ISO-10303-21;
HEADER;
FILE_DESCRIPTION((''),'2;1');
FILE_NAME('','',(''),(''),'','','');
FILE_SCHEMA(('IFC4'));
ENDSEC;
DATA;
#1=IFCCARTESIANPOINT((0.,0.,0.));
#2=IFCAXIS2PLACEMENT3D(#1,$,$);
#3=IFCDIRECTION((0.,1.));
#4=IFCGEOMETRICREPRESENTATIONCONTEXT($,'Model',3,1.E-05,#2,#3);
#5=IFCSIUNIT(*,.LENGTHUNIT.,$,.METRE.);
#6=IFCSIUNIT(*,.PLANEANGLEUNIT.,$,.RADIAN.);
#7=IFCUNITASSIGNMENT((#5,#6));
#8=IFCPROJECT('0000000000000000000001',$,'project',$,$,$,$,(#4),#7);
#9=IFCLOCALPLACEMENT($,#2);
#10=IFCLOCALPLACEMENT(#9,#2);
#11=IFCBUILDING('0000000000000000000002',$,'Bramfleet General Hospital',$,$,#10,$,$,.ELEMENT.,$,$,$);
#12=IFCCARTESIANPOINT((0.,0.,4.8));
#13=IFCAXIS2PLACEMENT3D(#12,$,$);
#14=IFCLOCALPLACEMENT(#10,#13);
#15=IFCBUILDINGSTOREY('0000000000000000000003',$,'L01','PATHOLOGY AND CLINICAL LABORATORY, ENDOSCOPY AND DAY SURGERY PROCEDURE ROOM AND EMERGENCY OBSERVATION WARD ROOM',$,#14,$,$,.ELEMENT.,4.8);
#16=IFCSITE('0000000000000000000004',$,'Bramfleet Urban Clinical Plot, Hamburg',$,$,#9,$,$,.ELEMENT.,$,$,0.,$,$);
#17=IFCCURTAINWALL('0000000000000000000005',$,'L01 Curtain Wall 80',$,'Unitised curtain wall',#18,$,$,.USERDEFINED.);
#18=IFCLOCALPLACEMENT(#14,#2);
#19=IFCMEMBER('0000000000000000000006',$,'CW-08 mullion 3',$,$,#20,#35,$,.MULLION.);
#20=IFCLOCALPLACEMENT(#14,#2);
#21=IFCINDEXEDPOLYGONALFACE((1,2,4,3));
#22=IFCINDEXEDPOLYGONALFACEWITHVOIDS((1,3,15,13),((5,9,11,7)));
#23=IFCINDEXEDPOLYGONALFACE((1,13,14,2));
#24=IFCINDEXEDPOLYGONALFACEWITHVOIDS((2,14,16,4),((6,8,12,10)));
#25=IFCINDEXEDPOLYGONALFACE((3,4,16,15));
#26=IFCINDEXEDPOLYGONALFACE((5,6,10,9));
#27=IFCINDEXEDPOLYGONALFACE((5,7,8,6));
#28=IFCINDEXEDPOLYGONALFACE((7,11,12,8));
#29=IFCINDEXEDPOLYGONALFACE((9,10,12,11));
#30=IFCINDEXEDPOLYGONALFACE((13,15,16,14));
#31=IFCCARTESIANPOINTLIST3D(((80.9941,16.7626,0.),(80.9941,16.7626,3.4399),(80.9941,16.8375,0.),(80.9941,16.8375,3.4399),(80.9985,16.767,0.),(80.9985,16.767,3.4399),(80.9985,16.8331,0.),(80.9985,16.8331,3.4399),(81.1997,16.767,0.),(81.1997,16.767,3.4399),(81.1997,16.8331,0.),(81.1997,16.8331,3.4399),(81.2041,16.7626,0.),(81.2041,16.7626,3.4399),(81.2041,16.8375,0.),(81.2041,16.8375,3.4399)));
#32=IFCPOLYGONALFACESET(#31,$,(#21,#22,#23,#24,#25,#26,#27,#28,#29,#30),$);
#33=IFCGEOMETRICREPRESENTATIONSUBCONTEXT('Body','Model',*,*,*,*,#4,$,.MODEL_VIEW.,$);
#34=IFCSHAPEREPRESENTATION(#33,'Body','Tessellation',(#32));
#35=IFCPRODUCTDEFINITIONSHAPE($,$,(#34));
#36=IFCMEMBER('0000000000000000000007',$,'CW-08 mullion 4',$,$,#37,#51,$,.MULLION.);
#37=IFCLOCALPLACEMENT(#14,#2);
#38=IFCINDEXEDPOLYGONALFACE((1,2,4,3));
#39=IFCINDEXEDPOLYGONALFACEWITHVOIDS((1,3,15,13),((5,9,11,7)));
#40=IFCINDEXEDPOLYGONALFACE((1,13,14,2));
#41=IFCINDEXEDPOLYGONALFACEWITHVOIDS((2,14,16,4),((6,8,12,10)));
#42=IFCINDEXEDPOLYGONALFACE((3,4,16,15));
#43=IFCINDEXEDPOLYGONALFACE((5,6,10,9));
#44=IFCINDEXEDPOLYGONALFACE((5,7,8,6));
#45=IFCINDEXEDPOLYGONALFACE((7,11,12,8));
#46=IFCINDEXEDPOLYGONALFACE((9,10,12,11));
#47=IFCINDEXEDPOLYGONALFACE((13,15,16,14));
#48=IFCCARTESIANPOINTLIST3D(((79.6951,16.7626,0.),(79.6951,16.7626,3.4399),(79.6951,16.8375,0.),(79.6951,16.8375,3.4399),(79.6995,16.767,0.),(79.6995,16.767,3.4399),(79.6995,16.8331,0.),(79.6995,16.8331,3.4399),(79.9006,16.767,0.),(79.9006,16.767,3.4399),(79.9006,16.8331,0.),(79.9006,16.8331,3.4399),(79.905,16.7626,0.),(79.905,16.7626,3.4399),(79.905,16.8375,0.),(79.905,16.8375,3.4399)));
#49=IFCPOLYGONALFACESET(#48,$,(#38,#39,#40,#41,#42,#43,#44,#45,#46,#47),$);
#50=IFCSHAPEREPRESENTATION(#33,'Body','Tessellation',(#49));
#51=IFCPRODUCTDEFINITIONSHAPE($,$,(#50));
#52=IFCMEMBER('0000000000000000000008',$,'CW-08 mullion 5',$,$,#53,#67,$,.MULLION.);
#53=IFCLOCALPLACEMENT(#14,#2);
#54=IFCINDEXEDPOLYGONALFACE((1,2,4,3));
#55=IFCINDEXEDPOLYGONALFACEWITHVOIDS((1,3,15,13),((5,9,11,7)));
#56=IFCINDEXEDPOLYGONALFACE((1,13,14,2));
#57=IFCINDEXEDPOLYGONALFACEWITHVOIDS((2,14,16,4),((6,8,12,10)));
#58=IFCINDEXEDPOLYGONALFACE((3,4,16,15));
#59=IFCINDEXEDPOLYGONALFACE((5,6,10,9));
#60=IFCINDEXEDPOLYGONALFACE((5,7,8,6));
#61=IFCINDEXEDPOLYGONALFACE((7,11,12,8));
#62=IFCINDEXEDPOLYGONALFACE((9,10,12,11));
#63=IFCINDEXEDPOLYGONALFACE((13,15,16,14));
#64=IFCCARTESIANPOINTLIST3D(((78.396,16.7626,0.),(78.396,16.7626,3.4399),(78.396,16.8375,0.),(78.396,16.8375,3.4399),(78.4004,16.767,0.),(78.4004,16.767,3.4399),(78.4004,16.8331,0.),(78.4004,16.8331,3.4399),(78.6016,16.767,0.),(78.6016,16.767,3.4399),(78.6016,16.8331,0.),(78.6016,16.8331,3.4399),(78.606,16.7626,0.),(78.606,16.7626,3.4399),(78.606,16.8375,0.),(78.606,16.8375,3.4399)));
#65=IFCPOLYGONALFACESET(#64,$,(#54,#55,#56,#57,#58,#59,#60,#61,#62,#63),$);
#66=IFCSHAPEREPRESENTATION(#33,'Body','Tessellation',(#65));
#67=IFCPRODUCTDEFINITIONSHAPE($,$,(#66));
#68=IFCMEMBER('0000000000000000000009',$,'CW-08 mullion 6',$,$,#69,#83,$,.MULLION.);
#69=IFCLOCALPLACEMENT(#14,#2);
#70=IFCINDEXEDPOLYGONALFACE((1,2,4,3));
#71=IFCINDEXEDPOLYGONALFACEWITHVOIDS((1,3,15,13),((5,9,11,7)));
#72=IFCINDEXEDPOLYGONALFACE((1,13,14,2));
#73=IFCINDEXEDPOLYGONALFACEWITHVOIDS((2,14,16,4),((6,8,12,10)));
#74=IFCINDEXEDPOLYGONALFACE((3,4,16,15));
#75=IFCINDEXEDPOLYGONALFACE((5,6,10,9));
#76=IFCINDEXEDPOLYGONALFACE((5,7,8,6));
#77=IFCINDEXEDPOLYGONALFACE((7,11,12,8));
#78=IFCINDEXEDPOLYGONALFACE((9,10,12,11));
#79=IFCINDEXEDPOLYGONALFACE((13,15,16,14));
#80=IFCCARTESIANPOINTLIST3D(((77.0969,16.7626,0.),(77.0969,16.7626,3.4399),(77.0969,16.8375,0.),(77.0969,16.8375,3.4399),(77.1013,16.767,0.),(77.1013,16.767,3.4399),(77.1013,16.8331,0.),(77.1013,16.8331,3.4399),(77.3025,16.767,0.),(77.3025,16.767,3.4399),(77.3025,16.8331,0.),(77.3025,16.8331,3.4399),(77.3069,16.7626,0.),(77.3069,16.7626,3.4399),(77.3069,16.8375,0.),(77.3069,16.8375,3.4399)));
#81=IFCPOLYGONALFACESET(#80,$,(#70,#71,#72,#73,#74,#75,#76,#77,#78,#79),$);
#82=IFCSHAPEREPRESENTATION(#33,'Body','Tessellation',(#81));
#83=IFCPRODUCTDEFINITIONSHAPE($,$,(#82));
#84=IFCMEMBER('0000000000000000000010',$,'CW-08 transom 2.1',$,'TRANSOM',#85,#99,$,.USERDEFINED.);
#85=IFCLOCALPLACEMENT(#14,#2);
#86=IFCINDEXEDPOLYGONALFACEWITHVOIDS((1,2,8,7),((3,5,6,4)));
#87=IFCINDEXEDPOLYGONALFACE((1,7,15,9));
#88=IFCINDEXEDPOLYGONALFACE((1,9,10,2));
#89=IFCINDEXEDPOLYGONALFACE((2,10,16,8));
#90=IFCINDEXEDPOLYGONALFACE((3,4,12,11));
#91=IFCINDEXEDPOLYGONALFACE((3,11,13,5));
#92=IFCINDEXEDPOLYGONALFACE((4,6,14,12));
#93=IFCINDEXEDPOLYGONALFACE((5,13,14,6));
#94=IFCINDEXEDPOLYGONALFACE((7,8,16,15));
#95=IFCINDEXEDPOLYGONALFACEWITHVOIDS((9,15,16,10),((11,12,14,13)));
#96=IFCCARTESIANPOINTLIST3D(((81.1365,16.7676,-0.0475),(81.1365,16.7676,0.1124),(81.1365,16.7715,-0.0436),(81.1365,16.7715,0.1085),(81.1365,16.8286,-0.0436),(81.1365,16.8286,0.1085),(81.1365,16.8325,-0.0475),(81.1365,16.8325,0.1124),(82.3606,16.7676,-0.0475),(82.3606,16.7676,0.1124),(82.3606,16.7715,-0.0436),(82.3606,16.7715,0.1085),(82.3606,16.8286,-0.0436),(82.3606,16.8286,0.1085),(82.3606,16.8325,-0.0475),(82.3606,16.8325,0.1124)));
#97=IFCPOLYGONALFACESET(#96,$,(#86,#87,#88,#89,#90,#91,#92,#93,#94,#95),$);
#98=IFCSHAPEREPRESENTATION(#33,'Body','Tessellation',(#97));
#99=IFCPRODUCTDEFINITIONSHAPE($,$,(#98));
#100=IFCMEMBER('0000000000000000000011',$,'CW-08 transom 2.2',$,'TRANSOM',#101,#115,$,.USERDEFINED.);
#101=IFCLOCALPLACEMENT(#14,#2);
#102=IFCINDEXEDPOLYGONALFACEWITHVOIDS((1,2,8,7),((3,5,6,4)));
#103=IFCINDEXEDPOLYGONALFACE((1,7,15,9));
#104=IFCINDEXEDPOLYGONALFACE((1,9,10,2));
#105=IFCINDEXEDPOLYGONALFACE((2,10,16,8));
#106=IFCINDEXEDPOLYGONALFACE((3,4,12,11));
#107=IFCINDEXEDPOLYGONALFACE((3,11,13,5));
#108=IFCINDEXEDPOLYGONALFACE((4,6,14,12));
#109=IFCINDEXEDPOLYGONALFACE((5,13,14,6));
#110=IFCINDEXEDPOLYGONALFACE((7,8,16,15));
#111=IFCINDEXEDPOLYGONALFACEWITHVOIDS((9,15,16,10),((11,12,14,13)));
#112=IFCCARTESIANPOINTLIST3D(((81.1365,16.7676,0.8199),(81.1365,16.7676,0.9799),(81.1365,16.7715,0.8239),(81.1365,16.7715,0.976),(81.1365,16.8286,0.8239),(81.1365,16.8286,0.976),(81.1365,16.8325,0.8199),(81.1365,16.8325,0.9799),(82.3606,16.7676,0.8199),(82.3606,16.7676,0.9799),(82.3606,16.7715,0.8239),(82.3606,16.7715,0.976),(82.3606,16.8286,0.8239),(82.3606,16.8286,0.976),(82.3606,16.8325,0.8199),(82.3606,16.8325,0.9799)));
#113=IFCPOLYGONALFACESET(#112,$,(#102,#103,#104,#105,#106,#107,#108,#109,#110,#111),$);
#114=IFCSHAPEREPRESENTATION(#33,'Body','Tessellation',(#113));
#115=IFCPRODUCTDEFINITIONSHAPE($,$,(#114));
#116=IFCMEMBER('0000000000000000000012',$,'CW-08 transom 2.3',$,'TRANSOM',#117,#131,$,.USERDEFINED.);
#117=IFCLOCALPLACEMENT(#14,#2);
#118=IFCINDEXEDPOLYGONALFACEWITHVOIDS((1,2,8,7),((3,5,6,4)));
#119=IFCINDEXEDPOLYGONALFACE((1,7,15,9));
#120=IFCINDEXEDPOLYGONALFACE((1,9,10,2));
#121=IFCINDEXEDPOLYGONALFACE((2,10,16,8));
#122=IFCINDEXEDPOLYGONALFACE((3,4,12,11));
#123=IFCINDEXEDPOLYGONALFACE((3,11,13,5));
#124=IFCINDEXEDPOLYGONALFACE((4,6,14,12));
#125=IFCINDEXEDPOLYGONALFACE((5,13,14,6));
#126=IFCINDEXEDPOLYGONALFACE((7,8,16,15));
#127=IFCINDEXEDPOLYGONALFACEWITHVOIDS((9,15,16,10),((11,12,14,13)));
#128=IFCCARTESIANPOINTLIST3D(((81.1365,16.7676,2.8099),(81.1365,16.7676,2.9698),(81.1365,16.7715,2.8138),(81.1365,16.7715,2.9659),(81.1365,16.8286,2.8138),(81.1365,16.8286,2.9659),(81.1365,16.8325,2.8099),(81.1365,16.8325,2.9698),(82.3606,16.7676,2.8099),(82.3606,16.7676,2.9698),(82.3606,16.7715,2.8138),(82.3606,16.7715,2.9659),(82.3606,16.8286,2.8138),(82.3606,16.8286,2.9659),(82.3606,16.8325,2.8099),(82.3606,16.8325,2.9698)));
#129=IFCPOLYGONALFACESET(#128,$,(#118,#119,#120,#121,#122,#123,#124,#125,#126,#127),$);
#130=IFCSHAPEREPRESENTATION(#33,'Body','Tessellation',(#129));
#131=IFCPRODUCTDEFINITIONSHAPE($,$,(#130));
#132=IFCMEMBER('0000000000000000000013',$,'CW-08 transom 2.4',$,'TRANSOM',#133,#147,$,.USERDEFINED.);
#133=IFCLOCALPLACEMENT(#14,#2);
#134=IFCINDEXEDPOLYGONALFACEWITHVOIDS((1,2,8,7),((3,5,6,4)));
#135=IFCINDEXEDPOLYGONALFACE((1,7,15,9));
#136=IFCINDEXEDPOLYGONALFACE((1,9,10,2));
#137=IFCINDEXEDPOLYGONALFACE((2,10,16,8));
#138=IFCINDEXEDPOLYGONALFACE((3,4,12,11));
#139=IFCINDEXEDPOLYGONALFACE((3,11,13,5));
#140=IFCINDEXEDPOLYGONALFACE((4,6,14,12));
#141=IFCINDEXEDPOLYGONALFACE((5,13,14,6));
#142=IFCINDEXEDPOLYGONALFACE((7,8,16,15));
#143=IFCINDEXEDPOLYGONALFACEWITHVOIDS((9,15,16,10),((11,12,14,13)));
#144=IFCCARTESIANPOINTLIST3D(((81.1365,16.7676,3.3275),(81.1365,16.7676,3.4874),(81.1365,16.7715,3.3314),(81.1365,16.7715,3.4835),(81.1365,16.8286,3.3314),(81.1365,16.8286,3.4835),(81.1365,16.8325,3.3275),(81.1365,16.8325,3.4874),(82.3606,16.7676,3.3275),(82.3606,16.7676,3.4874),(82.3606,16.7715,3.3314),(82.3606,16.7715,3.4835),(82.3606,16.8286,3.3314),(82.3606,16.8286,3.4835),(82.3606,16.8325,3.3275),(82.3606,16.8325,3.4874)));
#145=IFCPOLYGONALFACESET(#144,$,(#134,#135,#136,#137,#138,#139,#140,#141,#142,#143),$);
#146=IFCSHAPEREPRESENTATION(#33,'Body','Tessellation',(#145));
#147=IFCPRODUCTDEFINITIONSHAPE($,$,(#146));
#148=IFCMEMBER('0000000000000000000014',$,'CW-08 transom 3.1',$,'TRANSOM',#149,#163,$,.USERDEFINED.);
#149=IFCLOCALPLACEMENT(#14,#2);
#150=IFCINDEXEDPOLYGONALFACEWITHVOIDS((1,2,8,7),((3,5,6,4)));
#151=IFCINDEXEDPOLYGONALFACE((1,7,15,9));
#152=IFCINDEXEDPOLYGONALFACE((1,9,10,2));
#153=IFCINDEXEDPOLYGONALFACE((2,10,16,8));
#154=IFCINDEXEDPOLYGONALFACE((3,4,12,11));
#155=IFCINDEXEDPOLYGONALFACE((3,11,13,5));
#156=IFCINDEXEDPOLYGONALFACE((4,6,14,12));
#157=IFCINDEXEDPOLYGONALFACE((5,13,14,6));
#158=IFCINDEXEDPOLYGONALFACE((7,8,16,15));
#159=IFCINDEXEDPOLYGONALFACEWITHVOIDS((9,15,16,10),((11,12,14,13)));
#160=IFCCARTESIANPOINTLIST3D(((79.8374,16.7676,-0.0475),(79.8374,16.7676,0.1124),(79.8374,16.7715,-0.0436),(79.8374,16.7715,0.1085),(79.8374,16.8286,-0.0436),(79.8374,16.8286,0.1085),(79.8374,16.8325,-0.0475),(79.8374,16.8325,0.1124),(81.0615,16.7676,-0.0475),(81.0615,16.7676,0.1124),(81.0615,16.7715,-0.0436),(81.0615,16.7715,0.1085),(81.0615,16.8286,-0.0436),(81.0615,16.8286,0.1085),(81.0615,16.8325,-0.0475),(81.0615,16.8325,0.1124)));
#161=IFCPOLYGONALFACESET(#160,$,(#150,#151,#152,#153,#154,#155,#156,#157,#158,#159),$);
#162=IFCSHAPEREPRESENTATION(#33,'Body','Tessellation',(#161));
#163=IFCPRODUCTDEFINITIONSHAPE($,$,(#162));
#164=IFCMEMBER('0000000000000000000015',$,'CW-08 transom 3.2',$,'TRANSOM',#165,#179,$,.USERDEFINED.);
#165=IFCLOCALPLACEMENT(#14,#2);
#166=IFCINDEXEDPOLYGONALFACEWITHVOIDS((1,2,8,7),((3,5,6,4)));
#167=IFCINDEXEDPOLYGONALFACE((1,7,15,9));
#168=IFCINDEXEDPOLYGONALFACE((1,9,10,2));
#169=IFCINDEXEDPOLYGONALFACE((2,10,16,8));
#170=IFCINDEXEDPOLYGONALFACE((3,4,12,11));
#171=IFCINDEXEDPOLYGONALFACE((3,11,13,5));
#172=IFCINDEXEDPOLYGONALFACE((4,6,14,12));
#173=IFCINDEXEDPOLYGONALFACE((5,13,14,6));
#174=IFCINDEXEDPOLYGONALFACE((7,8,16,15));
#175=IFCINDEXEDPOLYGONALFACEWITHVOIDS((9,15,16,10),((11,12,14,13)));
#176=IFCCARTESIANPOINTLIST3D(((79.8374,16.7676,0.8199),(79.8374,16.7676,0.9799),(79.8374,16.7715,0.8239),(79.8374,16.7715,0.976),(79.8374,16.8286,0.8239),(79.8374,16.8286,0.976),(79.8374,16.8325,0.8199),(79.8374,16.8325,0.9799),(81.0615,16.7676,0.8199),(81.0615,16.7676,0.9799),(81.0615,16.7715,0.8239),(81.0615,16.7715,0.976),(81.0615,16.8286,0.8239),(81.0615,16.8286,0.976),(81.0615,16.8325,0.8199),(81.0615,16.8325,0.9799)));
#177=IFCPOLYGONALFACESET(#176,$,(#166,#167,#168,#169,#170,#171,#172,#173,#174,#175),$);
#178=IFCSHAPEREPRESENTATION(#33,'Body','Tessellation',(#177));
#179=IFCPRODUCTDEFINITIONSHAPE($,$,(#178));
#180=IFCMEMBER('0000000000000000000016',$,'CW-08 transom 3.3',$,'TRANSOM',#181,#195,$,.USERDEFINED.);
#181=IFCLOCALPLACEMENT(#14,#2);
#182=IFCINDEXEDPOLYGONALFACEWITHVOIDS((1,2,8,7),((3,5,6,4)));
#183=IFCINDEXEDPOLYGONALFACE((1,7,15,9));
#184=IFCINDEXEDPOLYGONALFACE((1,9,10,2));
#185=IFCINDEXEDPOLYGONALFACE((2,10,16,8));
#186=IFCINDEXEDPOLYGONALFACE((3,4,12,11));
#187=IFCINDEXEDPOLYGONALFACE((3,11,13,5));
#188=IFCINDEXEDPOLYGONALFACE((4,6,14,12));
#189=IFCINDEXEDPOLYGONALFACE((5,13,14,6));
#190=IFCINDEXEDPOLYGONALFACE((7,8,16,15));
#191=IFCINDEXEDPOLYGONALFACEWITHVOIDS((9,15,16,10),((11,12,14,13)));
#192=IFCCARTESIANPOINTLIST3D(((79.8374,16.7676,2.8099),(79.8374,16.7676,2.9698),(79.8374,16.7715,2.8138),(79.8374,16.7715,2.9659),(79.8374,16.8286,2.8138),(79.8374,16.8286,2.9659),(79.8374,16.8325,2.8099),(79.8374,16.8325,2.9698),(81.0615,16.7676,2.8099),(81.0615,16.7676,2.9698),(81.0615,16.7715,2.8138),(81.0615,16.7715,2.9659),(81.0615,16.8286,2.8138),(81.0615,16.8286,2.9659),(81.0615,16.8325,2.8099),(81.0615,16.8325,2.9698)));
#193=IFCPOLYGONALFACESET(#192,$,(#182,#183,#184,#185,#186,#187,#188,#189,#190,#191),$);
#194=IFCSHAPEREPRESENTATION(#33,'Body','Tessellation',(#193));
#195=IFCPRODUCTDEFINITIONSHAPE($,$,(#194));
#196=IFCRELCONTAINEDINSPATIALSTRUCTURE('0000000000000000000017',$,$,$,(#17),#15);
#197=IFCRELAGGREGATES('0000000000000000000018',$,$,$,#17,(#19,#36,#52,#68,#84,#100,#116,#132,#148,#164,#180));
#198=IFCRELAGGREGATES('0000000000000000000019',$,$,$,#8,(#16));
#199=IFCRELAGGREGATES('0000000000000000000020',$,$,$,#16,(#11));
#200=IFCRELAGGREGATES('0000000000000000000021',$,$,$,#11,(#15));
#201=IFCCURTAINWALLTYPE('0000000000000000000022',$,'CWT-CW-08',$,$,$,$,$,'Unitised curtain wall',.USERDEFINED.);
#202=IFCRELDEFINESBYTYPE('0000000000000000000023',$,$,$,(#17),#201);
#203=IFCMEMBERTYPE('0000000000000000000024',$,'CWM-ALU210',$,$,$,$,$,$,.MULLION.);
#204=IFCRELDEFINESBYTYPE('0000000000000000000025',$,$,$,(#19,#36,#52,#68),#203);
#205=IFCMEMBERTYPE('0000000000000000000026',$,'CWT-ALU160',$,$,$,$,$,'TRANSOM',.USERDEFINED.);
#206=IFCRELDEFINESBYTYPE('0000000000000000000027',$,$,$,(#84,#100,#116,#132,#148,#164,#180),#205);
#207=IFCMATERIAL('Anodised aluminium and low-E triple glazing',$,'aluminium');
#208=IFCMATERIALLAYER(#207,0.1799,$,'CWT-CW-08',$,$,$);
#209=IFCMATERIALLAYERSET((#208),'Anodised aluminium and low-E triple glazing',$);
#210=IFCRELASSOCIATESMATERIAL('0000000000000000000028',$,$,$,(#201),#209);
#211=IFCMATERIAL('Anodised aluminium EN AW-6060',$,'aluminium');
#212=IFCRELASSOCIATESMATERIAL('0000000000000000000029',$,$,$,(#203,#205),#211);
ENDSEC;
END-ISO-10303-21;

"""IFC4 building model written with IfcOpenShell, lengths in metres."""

from ifc_helpers import new_model, si_unit, direction, frame, origin, origin_2d, place, context, subcontext, project, spatial, hollow_rectangle, extrude, material, layer, layer_set, material_profile, profile_set, type_object, element, aggregate, save


model = new_model("IFC4")

# Units and contexts
model_context = context("Model", 3, precision=1e-05, world=origin(), true_north=direction((0.0, 1.0)))
body_context = subcontext(model_context, "Body", "Model", "MODEL_VIEW")
ifc_project = project(units=[si_unit("LENGTHUNIT", "METRE"), si_unit("PLANEANGLEUNIT", "RADIAN")], contexts=[model_context])

# Site, building, storey
site_placement = place(None, origin())
site = spatial("IfcSite", under=ifc_project, at=site_placement, Name="Bramfleet Urban Clinical Plot, Hamburg", CompositionType="ELEMENT", RefElevation=0.0)
building_placement = place(site_placement, origin())
building = spatial("IfcBuilding", under=site, at=building_placement, Name="Bramfleet General Hospital", CompositionType="ELEMENT")
storey_placement = place(building_placement, frame((0.0, 0.0, 4.8)))
storey = spatial("IfcBuildingStorey", under=building, at=storey_placement, Name="L01", Description="PATHOLOGY AND CLINICAL LABORATORY, ENDOSCOPY AND DAY SURGERY PROCEDURE ROOM AND EMERGENCY OBSERVATION WARD ROOM", CompositionType="ELEMENT", Elevation=4.8)

# Curtain wall, members
ifc_material_1 = material(Name="Anodised aluminium and low-E triple glazing", Category="aluminium")
ifc_layer_1 = layer(ifc_material_1, 0.1799, Name="CWT-CW-08")
ifc_layer_set_1 = layer_set([ifc_layer_1], Name="Anodised aluminium and low-E triple glazing")
curtain_wall_type = type_object("IfcCurtainWallType", Name="CWT-CW-08", ElementType="Unitised curtain wall", PredefinedType="USERDEFINED", material=ifc_layer_set_1)
curtain_wall_placement = place(storey_placement, origin())
curtain_wall = element("IfcCurtainWall", 1, at=curtain_wall_placement, inside=storey, type_object=curtain_wall_type, Name="L01 Curtain Wall 80", ObjectType="Unitised curtain wall", PredefinedType="USERDEFINED")
ifc_material_2 = material(Name="Anodised aluminium EN AW-6060", Category="aluminium")
ifc_material_profile_1 = material_profile(ifc_material_2, hollow_rectangle(XDim=0.075, YDim=0.21, WallThickness=0.0044, at=origin_2d()), Name="ALU 210x75x4.5")
ifc_profile_set_1 = profile_set([ifc_material_profile_1], Name="Anodised aluminium EN AW-6060")
member_type_1 = type_object("IfcMemberType", Name="CWM-ALU210", PredefinedType="MULLION", material=ifc_profile_set_1)
member_1_placement = place(storey_placement, frame((81.0991, 16.8, 0.0), z_axis=(0.0, 0.0, 1.0), x_axis=(0.0, -1.0, 0.0)))
member_1 = element("IfcMember", 2, at=member_1_placement, type_object=member_type_1, Name="CW-08 mullion 3", PredefinedType="MULLION", context=body_context, shape_type="SweptSolid", body=[
    extrude(hollow_rectangle(XDim=0.075, YDim=0.21, WallThickness=0.0044, at=origin_2d()), origin(), (0.0, 0.0, 1.0), 3.4399),
])
member_2_placement = place(storey_placement, frame((79.8, 16.8, 0.0), z_axis=(0.0, 0.0, 1.0), x_axis=(0.0, -1.0, 0.0)))
member_2 = element("IfcMember", 3, at=member_2_placement, type_object=member_type_1, Name="CW-08 mullion 4", PredefinedType="MULLION", context=body_context, shape_type="SweptSolid", body=[
    extrude(hollow_rectangle(XDim=0.075, YDim=0.21, WallThickness=0.0044, at=origin_2d()), origin(), (0.0, 0.0, 1.0), 3.4399),
])
member_3_placement = place(storey_placement, frame((78.501, 16.8, 0.0), z_axis=(0.0, 0.0, 1.0), x_axis=(0.0, -1.0, 0.0)))
member_3 = element("IfcMember", 4, at=member_3_placement, type_object=member_type_1, Name="CW-08 mullion 5", PredefinedType="MULLION", context=body_context, shape_type="SweptSolid", body=[
    extrude(hollow_rectangle(XDim=0.075, YDim=0.21, WallThickness=0.0044, at=origin_2d()), origin(), (0.0, 0.0, 1.0), 3.4399),
])
member_4_placement = place(storey_placement, frame((77.2019, 16.8, 0.0), z_axis=(0.0, 0.0, 1.0), x_axis=(0.0, -1.0, 0.0)))
member_4 = element("IfcMember", 5, at=member_4_placement, type_object=member_type_1, Name="CW-08 mullion 6", PredefinedType="MULLION", context=body_context, shape_type="SweptSolid", body=[
    extrude(hollow_rectangle(XDim=0.075, YDim=0.21, WallThickness=0.0044, at=origin_2d()), origin(), (0.0, 0.0, 1.0), 3.4399),
])
ifc_material_profile_2 = material_profile(ifc_material_2, hollow_rectangle(XDim=0.0649, YDim=0.1599, WallThickness=0.0039, at=origin_2d()), Name="ALU 160x65x4.0")
ifc_profile_set_2 = profile_set([ifc_material_profile_2], Name="Anodised aluminium EN AW-6060")
member_type_2 = type_object("IfcMemberType", Name="CWT-ALU160", ElementType="TRANSOM", PredefinedType="USERDEFINED", material=ifc_profile_set_2)
member_5_placement = place(storey_placement, frame((82.3606, 16.8, 0.0325), z_axis=(-1.0, 0.0, 0.0), x_axis=(0.0, -1.0, 0.0)))
member_5 = element("IfcMember", 6, at=member_5_placement, type_object=member_type_2, Name="CW-08 transom 2.1", ObjectType="TRANSOM", PredefinedType="USERDEFINED", context=body_context, shape_type="SweptSolid", body=[
    extrude(hollow_rectangle(XDim=0.0649, YDim=0.1599, WallThickness=0.0039, at=origin_2d()), origin(), (0.0, 0.0, 1.0), 1.2241),
])
member_6_placement = place(storey_placement, frame((82.3606, 16.8, 0.8999), z_axis=(-1.0, 0.0, 0.0), x_axis=(0.0, -1.0, 0.0)))
member_6 = element("IfcMember", 7, at=member_6_placement, type_object=member_type_2, Name="CW-08 transom 2.2", ObjectType="TRANSOM", PredefinedType="USERDEFINED", context=body_context, shape_type="SweptSolid", body=[
    extrude(hollow_rectangle(XDim=0.0649, YDim=0.1599, WallThickness=0.0039, at=origin_2d()), origin(), (0.0, 0.0, 1.0), 1.2241),
])
member_7_placement = place(storey_placement, frame((82.3606, 16.8, 2.8899), z_axis=(-1.0, 0.0, 0.0), x_axis=(0.0, -1.0, 0.0)))
member_7 = element("IfcMember", 8, at=member_7_placement, type_object=member_type_2, Name="CW-08 transom 2.3", ObjectType="TRANSOM", PredefinedType="USERDEFINED", context=body_context, shape_type="SweptSolid", body=[
    extrude(hollow_rectangle(XDim=0.0649, YDim=0.1599, WallThickness=0.0039, at=origin_2d()), origin(), (0.0, 0.0, 1.0), 1.2241),
])
member_8_placement = place(storey_placement, frame((82.3606, 16.8, 3.4075), z_axis=(-1.0, 0.0, 0.0), x_axis=(0.0, -1.0, 0.0)))
member_8 = element("IfcMember", 9, at=member_8_placement, type_object=member_type_2, Name="CW-08 transom 2.4", ObjectType="TRANSOM", PredefinedType="USERDEFINED", context=body_context, shape_type="SweptSolid", body=[
    extrude(hollow_rectangle(XDim=0.0649, YDim=0.1599, WallThickness=0.0039, at=origin_2d()), origin(), (0.0, 0.0, 1.0), 1.2241),
])
member_9_placement = place(storey_placement, frame((81.0615, 16.8, 0.0325), z_axis=(-1.0, 0.0, 0.0), x_axis=(0.0, -1.0, 0.0)))
member_9 = element("IfcMember", 10, at=member_9_placement, type_object=member_type_2, Name="CW-08 transom 3.1", ObjectType="TRANSOM", PredefinedType="USERDEFINED", context=body_context, shape_type="SweptSolid", body=[
    extrude(hollow_rectangle(XDim=0.0649, YDim=0.1599, WallThickness=0.0039, at=origin_2d()), origin(), (0.0, 0.0, 1.0), 1.2241),
])
member_10_placement = place(storey_placement, frame((81.0615, 16.8, 0.8999), z_axis=(-1.0, 0.0, 0.0), x_axis=(0.0, -1.0, 0.0)))
member_10 = element("IfcMember", 11, at=member_10_placement, type_object=member_type_2, Name="CW-08 transom 3.2", ObjectType="TRANSOM", PredefinedType="USERDEFINED", context=body_context, shape_type="SweptSolid", body=[
    extrude(hollow_rectangle(XDim=0.0649, YDim=0.1599, WallThickness=0.0039, at=origin_2d()), origin(), (0.0, 0.0, 1.0), 1.2241),
])
member_11_placement = place(storey_placement, frame((81.0615, 16.8, 2.8899), z_axis=(-1.0, 0.0, 0.0), x_axis=(0.0, -1.0, 0.0)))
member_11 = element("IfcMember", 12, at=member_11_placement, type_object=member_type_2, Name="CW-08 transom 3.3", ObjectType="TRANSOM", PredefinedType="USERDEFINED", context=body_context, shape_type="SweptSolid", body=[
    extrude(hollow_rectangle(XDim=0.0649, YDim=0.1599, WallThickness=0.0039, at=origin_2d()), origin(), (0.0, 0.0, 1.0), 1.2241),
])
aggregate(curtain_wall, [member_1, member_2, member_3, member_4, member_5, member_6, member_7, member_8, member_9, member_10, member_11])

save(model, "model.ifc")
